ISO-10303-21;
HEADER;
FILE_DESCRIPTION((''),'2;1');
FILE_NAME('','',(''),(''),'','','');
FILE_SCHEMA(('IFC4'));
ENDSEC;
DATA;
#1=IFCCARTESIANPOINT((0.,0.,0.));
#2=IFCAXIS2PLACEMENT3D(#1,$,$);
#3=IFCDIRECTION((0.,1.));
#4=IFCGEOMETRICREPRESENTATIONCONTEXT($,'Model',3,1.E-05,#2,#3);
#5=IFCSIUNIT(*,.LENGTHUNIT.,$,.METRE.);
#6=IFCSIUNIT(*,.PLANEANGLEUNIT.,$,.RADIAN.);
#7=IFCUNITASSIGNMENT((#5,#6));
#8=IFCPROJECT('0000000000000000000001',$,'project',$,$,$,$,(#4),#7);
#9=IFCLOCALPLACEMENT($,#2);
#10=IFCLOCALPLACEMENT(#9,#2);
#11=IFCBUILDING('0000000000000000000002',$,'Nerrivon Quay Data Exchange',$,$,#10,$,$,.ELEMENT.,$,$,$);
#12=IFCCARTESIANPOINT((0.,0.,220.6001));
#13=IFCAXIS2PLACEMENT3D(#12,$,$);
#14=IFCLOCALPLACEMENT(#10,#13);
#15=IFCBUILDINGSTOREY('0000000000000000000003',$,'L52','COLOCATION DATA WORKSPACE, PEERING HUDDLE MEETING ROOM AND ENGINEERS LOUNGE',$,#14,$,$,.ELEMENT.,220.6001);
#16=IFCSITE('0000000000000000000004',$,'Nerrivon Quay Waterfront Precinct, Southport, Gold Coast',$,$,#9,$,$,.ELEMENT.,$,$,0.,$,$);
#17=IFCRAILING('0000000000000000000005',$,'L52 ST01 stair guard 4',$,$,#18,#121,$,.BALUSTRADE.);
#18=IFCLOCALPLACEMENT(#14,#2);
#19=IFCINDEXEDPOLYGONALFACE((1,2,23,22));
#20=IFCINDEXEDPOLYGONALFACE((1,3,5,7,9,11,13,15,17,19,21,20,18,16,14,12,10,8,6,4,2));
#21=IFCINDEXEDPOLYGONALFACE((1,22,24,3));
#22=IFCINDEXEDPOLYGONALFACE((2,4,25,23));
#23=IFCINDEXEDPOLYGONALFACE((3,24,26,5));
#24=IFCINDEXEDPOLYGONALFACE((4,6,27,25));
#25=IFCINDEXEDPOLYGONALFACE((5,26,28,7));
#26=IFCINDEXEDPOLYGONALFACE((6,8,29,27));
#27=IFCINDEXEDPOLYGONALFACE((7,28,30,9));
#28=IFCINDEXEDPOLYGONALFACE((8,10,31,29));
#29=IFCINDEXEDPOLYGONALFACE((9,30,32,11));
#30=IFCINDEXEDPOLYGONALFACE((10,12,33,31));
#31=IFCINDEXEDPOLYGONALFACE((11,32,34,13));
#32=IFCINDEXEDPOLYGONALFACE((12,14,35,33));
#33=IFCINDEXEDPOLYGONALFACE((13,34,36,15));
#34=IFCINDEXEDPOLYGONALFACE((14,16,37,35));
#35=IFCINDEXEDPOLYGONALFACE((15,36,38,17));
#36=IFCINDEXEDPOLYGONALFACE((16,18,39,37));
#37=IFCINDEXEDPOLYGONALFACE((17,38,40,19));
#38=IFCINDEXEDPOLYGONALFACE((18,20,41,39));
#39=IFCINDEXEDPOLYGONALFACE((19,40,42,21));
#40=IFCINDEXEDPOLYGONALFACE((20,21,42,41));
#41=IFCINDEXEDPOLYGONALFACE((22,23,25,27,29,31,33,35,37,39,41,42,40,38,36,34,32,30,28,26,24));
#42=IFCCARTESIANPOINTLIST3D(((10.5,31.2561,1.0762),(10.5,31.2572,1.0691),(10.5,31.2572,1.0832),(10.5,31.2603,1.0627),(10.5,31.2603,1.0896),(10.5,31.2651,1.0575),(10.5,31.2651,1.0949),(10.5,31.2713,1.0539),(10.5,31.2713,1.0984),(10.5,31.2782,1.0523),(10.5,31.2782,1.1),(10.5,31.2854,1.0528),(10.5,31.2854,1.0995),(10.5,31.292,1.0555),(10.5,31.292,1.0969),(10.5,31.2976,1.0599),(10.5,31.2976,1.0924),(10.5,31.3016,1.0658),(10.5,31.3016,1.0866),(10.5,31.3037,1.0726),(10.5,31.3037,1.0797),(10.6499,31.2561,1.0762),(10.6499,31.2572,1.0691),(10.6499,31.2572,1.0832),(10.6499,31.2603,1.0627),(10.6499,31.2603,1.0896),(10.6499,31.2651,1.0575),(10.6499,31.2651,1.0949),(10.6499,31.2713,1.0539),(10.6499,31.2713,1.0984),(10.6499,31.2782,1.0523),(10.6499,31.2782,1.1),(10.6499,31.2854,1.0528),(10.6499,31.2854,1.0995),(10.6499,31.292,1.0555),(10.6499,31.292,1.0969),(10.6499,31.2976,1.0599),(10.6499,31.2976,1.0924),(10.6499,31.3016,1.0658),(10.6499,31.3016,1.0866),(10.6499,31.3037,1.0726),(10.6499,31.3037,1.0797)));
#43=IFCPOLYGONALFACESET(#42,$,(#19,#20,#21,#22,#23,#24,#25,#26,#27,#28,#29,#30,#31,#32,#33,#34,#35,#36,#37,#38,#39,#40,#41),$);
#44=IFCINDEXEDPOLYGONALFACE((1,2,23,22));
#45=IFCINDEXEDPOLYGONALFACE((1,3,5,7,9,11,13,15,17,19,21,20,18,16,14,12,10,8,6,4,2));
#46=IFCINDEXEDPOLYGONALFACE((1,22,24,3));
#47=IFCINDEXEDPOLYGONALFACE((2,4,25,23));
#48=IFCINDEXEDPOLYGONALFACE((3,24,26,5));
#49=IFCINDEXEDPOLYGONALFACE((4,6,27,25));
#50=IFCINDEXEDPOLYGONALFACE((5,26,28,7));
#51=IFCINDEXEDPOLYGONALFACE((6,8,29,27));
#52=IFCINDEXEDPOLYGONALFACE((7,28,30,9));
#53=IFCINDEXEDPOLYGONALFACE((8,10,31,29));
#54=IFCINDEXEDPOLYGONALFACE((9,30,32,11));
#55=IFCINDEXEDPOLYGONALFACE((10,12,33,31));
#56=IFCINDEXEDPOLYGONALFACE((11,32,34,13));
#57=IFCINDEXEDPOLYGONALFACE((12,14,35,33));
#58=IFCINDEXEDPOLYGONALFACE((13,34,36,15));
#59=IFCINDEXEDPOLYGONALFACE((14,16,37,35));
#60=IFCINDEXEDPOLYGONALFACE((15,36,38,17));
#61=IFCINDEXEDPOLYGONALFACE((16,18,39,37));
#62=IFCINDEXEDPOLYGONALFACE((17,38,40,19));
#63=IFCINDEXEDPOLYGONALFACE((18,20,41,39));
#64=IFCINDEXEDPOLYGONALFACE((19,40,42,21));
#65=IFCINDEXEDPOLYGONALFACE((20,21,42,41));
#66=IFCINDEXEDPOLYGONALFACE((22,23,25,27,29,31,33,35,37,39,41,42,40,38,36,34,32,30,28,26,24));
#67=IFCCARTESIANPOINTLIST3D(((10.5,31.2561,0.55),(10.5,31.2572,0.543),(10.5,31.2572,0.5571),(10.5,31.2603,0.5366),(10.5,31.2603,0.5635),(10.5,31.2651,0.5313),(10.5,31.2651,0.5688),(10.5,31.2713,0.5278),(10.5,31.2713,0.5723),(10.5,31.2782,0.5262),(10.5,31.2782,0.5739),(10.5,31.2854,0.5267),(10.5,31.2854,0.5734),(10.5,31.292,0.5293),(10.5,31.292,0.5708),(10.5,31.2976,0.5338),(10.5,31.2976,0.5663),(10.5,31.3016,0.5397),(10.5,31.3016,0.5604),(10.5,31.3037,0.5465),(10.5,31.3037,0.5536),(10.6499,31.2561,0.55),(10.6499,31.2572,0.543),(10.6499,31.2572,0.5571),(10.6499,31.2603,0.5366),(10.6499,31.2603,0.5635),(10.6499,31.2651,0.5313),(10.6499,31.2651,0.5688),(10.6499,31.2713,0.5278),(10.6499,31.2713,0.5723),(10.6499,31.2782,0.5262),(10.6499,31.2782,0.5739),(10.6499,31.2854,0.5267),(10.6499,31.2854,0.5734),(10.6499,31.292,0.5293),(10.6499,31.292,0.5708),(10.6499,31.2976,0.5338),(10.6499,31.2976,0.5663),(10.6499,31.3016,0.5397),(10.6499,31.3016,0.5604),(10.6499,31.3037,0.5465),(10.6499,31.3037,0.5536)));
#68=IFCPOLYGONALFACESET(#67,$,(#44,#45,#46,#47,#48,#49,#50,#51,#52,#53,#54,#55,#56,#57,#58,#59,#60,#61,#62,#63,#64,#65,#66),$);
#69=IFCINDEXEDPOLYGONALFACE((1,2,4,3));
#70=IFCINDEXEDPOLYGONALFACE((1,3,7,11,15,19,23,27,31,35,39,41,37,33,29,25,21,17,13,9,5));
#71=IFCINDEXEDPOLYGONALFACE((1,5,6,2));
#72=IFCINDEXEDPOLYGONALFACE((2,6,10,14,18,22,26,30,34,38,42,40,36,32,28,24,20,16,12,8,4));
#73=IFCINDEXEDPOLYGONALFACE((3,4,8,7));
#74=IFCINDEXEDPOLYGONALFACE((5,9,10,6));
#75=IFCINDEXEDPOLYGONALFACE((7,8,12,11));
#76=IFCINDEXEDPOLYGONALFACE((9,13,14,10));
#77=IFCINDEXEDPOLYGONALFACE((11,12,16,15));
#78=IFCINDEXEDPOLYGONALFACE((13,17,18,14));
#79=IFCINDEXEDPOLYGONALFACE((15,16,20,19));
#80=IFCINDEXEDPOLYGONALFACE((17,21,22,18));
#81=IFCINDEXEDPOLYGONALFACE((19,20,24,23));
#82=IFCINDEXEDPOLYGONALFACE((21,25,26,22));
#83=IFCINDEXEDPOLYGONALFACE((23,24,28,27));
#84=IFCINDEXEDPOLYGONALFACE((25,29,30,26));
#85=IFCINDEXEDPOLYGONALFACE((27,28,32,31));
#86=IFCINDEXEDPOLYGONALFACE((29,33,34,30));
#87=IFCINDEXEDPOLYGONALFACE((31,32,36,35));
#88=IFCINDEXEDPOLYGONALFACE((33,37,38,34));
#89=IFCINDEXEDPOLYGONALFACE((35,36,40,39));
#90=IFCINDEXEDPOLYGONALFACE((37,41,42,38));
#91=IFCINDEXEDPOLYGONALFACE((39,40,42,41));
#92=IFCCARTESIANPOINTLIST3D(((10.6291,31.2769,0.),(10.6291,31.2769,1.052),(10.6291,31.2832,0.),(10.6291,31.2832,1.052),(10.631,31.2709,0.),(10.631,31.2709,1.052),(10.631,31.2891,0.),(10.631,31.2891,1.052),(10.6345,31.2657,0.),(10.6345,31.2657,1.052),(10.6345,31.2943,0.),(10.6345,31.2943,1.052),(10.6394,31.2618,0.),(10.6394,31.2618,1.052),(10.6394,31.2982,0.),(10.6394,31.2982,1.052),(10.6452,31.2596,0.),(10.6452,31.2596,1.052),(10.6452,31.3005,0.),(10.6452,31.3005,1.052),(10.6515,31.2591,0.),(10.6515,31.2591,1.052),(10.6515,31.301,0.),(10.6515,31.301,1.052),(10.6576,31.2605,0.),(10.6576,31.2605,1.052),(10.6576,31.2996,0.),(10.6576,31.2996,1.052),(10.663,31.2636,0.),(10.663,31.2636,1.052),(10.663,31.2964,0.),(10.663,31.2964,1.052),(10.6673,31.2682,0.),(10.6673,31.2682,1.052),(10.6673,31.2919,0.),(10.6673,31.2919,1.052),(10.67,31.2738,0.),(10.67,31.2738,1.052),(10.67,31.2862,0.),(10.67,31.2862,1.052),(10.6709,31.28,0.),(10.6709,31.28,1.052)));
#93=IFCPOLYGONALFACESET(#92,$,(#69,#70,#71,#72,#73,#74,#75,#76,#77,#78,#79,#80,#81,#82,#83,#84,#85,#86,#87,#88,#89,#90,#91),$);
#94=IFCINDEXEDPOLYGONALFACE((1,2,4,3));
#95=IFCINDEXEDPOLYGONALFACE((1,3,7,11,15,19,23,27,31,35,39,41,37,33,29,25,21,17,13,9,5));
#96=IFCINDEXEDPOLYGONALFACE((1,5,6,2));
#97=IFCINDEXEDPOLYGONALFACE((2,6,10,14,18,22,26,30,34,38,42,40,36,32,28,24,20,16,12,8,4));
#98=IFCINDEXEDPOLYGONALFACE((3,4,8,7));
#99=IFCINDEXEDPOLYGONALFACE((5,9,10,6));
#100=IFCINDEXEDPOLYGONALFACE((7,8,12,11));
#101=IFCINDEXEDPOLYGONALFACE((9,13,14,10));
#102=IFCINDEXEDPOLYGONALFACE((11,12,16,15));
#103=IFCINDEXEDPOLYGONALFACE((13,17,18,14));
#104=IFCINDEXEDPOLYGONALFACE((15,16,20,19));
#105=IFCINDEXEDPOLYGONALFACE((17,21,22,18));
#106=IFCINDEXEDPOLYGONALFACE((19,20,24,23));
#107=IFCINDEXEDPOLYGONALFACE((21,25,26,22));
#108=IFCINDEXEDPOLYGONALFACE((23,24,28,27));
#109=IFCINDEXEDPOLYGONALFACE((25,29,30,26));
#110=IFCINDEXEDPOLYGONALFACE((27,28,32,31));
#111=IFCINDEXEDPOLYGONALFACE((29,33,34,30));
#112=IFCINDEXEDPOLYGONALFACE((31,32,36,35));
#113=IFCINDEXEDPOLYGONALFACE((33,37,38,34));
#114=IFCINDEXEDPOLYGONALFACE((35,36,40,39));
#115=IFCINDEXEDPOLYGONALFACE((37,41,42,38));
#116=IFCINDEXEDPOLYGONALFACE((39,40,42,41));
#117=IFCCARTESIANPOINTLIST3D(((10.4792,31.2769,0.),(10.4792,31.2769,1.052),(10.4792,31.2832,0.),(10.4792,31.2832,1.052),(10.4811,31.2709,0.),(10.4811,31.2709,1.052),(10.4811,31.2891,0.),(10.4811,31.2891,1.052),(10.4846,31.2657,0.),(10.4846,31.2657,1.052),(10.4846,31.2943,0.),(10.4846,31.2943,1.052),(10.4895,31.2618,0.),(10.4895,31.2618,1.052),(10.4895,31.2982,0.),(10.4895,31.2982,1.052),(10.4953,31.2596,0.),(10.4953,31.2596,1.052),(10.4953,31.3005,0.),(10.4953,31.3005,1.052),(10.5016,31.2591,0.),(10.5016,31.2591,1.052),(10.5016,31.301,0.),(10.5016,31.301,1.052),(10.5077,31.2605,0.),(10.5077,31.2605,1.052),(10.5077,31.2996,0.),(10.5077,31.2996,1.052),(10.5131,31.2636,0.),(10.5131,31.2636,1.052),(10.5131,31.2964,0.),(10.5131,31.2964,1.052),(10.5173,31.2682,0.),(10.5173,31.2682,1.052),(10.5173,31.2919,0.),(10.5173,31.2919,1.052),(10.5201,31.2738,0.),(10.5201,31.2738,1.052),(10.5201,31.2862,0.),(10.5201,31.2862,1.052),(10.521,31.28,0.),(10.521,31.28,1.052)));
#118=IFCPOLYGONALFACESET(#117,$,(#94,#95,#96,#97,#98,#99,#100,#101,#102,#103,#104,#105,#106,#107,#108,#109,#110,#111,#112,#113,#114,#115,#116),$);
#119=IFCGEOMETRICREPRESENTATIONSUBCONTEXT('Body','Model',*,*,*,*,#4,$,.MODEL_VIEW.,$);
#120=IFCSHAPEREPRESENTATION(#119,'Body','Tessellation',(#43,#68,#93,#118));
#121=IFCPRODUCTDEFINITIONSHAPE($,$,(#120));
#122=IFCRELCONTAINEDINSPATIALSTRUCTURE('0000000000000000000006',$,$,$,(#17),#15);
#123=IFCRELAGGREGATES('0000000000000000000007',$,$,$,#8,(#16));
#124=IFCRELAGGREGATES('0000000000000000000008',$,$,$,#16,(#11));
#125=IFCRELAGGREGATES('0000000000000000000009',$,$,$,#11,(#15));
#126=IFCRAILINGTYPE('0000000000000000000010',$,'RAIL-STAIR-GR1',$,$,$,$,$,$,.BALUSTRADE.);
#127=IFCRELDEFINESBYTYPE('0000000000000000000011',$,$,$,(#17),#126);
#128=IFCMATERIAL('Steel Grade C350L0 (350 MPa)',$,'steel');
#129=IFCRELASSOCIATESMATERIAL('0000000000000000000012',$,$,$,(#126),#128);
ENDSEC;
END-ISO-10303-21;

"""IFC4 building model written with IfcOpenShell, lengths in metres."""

from ifc_helpers import new_model, si_unit, direction, frame, origin, origin_2d, place, context, subcontext, project, spatial, circle, extrude, material, type_object, element, save


model = new_model("IFC4")

# Units and contexts
model_context = context("Model", 3, precision=1e-05, world=origin(), true_north=direction((0.0, 1.0)))
body_context = subcontext(model_context, "Body", "Model", "MODEL_VIEW")
ifc_project = project(units=[si_unit("LENGTHUNIT", "METRE"), si_unit("PLANEANGLEUNIT", "RADIAN")], contexts=[model_context])

# Site, building, storey
site_placement = place(None, origin())
site = spatial("IfcSite", under=ifc_project, at=site_placement, Name="Nerrivon Quay Waterfront Precinct, Southport, Gold Coast", CompositionType="ELEMENT", RefElevation=0.0)
building_placement = place(site_placement, origin())
building = spatial("IfcBuilding", under=site, at=building_placement, Name="Nerrivon Quay Data Exchange", CompositionType="ELEMENT")
storey_placement = place(building_placement, frame((0.0, 0.0, 220.6001)))
storey = spatial("IfcBuildingStorey", under=building, at=storey_placement, Name="L52", Description="COLOCATION DATA WORKSPACE, PEERING HUDDLE MEETING ROOM AND ENGINEERS LOUNGE", CompositionType="ELEMENT", Elevation=220.6001)

# Railing
ifc_material_1 = material(Name="Steel Grade C350L0 (350 MPa)", Category="steel")
railing_type_1 = type_object("IfcRailingType", Name="RAIL-STAIR-GR1", PredefinedType="BALUSTRADE", material=ifc_material_1)
railing_1_placement = place(storey_placement, frame((10.6499, 31.28, 0.0)))
element("IfcRailing", 1, at=railing_1_placement, inside=storey, type_object=railing_type_1, Name="L52 ST01 stair guard 4", PredefinedType="BALUSTRADE", context=body_context, shape_type="SweptSolid", body=[
    extrude(circle(Radius=0.0239, at=origin_2d()), frame((0.0, 0.0, 1.0762), z_axis=(-1.0, 0.0, 0.0), x_axis=(0.0, -1.0, 0.0)), (0.0, 0.0, 1.0), 0.1499),
    extrude(circle(Radius=0.0239, at=origin_2d()), frame((0.0, 0.0, 0.55), z_axis=(-1.0, 0.0, 0.0), x_axis=(0.0, -1.0, 0.0)), (0.0, 0.0, 1.0), 0.1499),
    extrude(circle(Radius=0.021, at=origin_2d()), origin(), (0.0, 0.0, 1.0), 1.052),
    extrude(circle(Radius=0.021, at=origin_2d()), frame((-0.1499, 0.0, 0.0)), (0.0, 0.0, 1.0), 1.052),
])

save(model, "model.ifc")
